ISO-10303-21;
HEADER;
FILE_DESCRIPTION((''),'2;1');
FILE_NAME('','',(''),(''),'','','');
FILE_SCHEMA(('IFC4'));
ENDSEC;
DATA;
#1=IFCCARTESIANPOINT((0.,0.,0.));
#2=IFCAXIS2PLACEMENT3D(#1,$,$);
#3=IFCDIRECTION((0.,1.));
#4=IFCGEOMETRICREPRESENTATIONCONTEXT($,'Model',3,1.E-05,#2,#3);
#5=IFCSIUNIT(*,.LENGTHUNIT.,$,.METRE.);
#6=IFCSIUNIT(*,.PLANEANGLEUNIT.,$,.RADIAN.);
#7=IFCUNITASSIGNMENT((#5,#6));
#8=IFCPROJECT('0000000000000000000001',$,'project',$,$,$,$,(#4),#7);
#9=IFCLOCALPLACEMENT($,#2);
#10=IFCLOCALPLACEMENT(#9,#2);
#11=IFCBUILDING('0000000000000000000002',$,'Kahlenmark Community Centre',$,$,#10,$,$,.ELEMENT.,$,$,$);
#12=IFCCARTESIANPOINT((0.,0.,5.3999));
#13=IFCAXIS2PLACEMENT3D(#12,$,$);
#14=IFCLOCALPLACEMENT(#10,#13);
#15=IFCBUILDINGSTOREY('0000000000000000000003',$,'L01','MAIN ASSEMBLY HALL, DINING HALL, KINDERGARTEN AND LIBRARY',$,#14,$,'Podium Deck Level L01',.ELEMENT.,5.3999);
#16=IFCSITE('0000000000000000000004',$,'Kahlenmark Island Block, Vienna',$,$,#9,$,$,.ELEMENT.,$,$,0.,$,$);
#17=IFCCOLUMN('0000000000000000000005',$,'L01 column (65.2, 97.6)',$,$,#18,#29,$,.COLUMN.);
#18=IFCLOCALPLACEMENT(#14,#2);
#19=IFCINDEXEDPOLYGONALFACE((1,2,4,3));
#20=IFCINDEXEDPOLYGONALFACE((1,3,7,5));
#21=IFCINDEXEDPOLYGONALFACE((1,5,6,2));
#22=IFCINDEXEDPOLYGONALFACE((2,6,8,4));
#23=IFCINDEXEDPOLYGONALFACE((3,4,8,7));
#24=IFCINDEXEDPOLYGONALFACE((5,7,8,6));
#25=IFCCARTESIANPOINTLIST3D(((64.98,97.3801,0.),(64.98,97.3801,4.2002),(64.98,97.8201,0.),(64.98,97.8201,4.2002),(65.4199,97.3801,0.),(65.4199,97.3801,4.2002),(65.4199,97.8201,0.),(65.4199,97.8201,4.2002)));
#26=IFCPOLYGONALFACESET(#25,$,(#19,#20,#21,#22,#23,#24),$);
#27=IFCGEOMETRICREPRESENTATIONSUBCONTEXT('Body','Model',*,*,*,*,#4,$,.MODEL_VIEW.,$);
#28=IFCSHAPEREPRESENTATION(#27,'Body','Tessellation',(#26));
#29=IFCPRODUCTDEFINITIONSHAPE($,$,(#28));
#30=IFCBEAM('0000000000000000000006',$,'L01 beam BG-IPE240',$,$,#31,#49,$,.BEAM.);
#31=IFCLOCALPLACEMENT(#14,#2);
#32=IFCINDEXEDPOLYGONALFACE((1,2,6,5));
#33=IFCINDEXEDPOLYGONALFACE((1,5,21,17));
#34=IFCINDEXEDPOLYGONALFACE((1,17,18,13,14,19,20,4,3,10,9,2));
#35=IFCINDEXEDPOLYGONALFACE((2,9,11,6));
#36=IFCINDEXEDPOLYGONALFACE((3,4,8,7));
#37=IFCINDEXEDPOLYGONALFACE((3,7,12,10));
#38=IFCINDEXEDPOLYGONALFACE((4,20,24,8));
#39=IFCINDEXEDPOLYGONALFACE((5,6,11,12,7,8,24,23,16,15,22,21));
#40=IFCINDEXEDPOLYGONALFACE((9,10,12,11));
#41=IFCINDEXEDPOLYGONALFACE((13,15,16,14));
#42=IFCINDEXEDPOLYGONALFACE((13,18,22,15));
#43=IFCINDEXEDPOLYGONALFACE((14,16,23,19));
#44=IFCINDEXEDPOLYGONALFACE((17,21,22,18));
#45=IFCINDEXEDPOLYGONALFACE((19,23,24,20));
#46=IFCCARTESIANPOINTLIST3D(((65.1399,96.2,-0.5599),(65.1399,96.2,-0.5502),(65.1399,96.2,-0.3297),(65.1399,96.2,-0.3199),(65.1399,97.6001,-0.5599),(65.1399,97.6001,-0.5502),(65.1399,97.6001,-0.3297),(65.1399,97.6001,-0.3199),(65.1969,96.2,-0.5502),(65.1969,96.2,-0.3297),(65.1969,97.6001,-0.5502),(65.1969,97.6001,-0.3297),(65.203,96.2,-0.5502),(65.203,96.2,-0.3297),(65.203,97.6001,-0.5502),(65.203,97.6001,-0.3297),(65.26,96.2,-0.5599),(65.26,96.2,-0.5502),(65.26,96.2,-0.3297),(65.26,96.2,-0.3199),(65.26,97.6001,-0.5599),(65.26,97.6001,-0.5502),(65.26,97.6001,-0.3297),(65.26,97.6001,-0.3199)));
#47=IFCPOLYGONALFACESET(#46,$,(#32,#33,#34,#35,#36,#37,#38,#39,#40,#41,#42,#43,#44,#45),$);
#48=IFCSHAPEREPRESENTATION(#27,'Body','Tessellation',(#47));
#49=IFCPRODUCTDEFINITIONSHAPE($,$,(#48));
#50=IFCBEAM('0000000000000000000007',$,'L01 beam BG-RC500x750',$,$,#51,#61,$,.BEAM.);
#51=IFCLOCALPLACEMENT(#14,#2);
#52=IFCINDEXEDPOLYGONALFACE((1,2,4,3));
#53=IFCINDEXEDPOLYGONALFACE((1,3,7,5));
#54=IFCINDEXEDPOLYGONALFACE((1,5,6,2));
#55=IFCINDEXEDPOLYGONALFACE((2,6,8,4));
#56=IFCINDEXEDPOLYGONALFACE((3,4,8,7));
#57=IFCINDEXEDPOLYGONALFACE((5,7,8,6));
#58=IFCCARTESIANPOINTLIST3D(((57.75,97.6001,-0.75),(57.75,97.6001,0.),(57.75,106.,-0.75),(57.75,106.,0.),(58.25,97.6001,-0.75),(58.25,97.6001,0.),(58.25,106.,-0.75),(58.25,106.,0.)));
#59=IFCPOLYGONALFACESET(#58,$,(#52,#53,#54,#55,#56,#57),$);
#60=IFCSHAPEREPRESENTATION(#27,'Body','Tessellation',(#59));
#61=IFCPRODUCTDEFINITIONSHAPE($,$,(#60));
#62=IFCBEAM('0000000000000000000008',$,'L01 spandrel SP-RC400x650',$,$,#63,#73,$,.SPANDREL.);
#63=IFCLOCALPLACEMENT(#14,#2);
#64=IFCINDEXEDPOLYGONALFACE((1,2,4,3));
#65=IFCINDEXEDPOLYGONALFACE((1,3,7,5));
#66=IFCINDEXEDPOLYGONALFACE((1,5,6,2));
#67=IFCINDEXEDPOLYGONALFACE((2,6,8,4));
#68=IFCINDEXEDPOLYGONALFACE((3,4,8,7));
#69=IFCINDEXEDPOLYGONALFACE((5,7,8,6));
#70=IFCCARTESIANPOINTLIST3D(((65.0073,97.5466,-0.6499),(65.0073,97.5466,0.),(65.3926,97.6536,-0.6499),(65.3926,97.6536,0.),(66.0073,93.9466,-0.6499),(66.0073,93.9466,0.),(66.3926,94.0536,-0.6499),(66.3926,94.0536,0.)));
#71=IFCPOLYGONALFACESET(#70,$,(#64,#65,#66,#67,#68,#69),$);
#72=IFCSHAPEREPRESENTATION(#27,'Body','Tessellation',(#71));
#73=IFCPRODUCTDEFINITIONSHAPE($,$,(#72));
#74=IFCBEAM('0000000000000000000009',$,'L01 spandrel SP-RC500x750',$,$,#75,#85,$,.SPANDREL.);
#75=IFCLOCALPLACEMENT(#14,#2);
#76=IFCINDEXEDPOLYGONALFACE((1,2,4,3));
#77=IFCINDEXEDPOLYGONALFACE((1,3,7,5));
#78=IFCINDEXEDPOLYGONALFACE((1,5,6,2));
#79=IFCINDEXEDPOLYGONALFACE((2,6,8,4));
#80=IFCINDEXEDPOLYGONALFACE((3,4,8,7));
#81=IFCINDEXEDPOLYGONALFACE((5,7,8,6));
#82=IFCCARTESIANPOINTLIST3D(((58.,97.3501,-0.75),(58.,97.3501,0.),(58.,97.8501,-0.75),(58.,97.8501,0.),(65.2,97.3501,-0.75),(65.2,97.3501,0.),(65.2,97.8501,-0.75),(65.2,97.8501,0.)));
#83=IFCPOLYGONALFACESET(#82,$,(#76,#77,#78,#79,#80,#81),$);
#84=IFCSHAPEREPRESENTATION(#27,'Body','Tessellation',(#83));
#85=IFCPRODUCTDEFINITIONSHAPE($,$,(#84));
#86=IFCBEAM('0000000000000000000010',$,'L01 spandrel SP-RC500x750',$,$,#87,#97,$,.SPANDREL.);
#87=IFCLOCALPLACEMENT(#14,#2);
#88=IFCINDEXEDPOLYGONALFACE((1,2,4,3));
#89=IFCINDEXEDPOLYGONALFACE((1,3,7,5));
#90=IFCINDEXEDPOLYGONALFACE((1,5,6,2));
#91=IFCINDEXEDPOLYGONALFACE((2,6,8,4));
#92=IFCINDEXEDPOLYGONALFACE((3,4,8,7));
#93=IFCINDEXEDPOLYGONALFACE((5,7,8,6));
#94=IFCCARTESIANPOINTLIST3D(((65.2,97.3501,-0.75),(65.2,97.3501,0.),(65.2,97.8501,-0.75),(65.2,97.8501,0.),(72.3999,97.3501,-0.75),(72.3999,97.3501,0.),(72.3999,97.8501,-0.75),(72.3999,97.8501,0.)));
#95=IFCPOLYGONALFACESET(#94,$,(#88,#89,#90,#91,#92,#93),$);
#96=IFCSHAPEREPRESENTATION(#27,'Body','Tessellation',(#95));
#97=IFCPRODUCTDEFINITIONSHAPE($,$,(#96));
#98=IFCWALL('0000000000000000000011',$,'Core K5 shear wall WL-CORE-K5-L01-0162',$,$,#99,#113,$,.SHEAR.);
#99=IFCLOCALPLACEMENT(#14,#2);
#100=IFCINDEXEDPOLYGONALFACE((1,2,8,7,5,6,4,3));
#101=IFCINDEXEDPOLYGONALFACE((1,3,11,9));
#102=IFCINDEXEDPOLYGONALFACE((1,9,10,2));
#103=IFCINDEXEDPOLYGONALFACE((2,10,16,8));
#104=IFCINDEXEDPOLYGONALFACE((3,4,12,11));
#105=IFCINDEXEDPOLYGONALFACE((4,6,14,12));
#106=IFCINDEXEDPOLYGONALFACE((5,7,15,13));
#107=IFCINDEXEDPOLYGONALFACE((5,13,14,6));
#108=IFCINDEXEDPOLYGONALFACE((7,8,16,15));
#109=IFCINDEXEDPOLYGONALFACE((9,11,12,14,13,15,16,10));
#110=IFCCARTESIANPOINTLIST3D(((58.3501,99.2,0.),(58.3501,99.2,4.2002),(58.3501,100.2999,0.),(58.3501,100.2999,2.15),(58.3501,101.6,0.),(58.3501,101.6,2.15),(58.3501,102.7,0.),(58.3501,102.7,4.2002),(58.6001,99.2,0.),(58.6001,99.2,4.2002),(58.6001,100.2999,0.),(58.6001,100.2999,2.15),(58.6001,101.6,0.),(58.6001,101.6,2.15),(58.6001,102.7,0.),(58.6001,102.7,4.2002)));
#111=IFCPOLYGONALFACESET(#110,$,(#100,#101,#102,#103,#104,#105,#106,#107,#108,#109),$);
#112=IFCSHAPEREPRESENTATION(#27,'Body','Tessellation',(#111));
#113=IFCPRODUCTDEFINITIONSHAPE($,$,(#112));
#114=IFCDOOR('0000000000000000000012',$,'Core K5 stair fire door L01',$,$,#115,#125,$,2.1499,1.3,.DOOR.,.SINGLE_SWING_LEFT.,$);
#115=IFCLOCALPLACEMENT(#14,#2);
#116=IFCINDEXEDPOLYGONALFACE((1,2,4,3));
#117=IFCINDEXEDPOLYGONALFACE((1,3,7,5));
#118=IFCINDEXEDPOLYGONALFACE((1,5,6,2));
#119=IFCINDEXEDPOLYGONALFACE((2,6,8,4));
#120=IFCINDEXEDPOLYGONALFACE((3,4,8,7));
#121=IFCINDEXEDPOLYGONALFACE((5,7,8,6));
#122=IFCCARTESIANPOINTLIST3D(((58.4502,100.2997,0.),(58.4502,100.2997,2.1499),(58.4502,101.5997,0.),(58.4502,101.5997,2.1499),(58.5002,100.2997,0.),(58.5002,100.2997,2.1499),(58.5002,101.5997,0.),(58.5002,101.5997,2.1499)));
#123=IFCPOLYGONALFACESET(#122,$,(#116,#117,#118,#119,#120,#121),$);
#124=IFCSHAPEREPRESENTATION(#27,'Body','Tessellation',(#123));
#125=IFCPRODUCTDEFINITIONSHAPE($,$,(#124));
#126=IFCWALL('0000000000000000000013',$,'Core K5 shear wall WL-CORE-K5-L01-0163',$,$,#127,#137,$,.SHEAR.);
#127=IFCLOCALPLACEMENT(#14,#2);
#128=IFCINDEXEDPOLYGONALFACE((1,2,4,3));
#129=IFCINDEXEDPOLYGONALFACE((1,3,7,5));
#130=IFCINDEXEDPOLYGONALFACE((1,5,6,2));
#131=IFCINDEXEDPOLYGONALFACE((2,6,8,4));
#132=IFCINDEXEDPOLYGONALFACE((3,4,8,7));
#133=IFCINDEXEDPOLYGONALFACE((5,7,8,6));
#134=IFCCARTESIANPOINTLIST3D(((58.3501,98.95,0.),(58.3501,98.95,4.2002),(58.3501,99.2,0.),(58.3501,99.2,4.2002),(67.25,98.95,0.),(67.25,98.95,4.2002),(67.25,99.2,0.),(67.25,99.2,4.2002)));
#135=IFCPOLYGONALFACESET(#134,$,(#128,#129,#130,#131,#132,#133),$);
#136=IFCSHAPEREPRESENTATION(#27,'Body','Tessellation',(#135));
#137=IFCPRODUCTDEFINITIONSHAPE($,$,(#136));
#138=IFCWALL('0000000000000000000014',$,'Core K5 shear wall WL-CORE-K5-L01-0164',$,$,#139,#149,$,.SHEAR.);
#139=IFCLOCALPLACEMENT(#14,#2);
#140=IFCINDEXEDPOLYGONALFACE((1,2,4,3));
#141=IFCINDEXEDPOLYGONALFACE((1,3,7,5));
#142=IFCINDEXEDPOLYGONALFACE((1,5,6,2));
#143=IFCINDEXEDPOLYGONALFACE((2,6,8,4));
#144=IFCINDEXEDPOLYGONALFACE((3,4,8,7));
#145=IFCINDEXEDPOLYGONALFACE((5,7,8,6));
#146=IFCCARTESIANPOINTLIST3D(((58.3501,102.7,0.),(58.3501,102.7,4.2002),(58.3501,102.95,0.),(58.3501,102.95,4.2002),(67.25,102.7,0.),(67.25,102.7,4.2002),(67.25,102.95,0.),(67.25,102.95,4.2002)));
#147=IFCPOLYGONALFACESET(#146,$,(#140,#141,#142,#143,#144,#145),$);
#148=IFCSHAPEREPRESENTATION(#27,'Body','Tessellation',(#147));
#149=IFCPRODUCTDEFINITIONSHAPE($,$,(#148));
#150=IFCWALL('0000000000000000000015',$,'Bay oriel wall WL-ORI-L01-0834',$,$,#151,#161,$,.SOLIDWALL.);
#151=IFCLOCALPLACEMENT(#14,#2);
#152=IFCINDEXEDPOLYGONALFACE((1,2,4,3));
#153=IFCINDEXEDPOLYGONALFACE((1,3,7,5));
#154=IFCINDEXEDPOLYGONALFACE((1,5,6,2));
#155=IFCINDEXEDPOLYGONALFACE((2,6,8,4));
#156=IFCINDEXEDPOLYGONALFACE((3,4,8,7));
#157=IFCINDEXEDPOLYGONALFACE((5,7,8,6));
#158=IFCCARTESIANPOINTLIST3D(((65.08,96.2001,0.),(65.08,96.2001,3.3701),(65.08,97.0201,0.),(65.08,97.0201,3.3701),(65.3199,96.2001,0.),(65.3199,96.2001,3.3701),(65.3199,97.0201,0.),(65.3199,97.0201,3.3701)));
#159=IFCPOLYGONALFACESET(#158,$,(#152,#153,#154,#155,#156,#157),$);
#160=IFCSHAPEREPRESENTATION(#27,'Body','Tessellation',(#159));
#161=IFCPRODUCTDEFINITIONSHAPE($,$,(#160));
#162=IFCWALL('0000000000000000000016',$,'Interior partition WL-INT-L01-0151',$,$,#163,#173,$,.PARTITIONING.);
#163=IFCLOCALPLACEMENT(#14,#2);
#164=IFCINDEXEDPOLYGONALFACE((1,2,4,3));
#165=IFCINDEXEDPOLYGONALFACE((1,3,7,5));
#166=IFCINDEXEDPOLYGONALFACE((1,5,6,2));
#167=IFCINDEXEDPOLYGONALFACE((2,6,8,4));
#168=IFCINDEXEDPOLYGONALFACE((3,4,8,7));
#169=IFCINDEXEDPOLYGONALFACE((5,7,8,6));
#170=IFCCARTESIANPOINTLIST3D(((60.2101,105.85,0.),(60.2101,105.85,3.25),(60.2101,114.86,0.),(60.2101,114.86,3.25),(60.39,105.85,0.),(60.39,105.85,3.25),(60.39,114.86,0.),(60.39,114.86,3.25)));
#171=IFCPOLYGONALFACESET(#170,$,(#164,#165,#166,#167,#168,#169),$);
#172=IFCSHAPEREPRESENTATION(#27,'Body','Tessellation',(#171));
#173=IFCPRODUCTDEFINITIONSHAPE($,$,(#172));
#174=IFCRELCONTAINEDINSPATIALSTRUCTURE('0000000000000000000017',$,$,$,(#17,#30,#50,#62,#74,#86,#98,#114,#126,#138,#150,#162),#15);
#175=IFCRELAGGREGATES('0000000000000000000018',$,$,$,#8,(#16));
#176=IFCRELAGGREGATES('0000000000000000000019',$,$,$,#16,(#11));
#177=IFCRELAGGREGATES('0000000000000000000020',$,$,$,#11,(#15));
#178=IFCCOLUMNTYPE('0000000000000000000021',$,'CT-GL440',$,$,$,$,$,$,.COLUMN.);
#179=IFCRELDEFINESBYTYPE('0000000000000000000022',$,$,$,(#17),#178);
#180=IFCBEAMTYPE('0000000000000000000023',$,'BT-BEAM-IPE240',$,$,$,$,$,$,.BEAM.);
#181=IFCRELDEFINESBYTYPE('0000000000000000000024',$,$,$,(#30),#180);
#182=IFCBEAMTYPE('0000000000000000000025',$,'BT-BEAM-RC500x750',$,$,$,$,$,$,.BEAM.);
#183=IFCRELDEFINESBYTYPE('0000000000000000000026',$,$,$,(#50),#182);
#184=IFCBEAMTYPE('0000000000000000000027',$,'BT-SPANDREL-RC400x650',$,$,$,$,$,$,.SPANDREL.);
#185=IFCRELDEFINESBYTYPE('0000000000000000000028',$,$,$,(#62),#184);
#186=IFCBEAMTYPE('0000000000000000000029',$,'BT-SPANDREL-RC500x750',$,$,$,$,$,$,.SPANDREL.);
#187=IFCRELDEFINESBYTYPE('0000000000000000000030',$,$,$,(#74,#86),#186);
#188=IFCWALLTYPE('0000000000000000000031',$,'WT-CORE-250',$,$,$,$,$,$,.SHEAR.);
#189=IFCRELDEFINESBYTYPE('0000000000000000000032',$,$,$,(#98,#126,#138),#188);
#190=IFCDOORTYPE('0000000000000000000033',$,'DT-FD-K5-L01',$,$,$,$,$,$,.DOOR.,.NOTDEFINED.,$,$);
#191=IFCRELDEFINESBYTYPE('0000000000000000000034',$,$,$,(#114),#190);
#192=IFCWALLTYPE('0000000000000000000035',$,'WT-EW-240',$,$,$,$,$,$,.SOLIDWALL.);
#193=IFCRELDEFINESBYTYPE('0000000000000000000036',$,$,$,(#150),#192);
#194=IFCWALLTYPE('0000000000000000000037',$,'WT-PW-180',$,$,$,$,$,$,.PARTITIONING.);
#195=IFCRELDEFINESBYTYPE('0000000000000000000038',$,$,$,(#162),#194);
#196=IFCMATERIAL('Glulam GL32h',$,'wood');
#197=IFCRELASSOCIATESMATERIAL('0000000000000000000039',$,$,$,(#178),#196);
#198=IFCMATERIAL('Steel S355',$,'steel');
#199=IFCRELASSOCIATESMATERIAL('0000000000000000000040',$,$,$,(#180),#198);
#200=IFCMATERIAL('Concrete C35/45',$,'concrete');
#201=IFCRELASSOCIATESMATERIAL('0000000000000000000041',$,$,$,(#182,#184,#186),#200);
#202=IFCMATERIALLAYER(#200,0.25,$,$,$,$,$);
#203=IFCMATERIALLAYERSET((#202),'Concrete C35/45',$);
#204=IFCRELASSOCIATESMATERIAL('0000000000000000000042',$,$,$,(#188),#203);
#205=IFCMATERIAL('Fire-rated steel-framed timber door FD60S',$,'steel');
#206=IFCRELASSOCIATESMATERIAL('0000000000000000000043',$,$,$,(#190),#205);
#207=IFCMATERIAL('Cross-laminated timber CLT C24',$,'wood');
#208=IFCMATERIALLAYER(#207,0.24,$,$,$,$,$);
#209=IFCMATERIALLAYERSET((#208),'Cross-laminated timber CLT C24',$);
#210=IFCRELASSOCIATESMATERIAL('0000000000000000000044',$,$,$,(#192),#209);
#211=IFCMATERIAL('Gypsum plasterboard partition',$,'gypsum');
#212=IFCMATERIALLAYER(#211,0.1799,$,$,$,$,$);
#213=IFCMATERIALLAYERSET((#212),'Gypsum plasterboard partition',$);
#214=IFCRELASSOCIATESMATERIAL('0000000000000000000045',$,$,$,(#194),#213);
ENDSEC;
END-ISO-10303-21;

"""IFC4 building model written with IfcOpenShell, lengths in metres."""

from ifc_helpers import new_model, si_unit, direction, frame, frame_2d, origin, origin_2d, place, context, subcontext, project, spatial, rectangle, i_section, extrude, material, layer, layer_set, material_profile, profile_set, type_object, element, fill, save


model = new_model("IFC4")

# Units and contexts
model_context = context("Model", 3, precision=1e-05, world=origin(), true_north=direction((0.0, 1.0)))
body_context = subcontext(model_context, "Body", "Model", "MODEL_VIEW")
ifc_project = project(units=[si_unit("LENGTHUNIT", "METRE"), si_unit("PLANEANGLEUNIT", "RADIAN")], contexts=[model_context])

# Site, building, storey
site_placement = place(None, origin())
site = spatial("IfcSite", under=ifc_project, at=site_placement, Name="Kahlenmark Island Block, Vienna", CompositionType="ELEMENT", RefElevation=0.0)
building_placement = place(site_placement, origin())
building = spatial("IfcBuilding", under=site, at=building_placement, Name="Kahlenmark Community Centre", CompositionType="ELEMENT")
storey_placement = place(building_placement, frame((0.0, 0.0, 5.3999)))
storey = spatial("IfcBuildingStorey", under=building, at=storey_placement, Name="L01", Description="MAIN ASSEMBLY HALL, DINING HALL, KINDERGARTEN AND LIBRARY", LongName="Podium Deck Level L01", CompositionType="ELEMENT", Elevation=5.3999)

# Column
ifc_material_1 = material(Name="Glulam GL32h", Category="wood")
ifc_material_profile_1 = material_profile(ifc_material_1, rectangle(XDim=0.4399, YDim=0.4399, at=origin_2d()), Name="GL32h 440x440")
ifc_profile_set_1 = profile_set([ifc_material_profile_1], Name="Glulam GL32h")
column_type = type_object("IfcColumnType", Name="CT-GL440", PredefinedType="COLUMN", material=ifc_profile_set_1)
column_placement = place(storey_placement, frame((65.2, 97.6001, 0.0), z_axis=(0.0, 0.0, 1.0), x_axis=(1.0, 0.0, 0.0)))
element("IfcColumn", 1, at=column_placement, inside=storey, type_object=column_type, Name="L01 column (65.2, 97.6)", PredefinedType="COLUMN", context=body_context, shape_type="SweptSolid", body=[
    extrude(rectangle(XDim=0.4399, YDim=0.4399, at=origin_2d()), origin(), (0.0, 0.0, 1.0), 4.2002),
])

# Beams
ifc_material_2 = material(Name="Steel S355", Category="steel")
ifc_material_profile_2 = material_profile(ifc_material_2, i_section(OverallWidth=0.1201, OverallDepth=0.24, WebThickness=0.0061, FlangeThickness=0.0098, at=origin_2d()), Name="IPE 240")
ifc_profile_set_2 = profile_set([ifc_material_profile_2], Name="Steel S355")
beam_type_1 = type_object("IfcBeamType", Name="BT-BEAM-IPE240", PredefinedType="BEAM", material=ifc_profile_set_2)
beam_1_placement = place(storey_placement, frame((65.2, 96.2, -0.4399), z_axis=(0.0, 1.0, 0.0), x_axis=(-1.0, 0.0, 0.0)))
element("IfcBeam", 2, at=beam_1_placement, inside=storey, type_object=beam_type_1, Name="L01 beam BG-IPE240", PredefinedType="BEAM", context=body_context, shape_type="SweptSolid", body=[
    extrude(i_section(OverallWidth=0.1201, OverallDepth=0.24, WebThickness=0.0061, FlangeThickness=0.0098, at=origin_2d()), origin(), (0.0, 0.0, 1.0), 1.4001),
])
ifc_material_3 = material(Name="Concrete C35/45", Category="concrete")
ifc_material_profile_3 = material_profile(ifc_material_3, rectangle(XDim=0.5, YDim=0.75, at=origin_2d()), Name="RC 500x750")
ifc_profile_set_3 = profile_set([ifc_material_profile_3], Name="Concrete C35/45")
beam_type_2 = type_object("IfcBeamType", Name="BT-BEAM-RC500x750", PredefinedType="BEAM", material=ifc_profile_set_3)
beam_2_placement = place(storey_placement, frame((58.0, 97.6001, -0.375), z_axis=(0.0, 1.0, 0.0), x_axis=(-1.0, 0.0, 0.0)))
element("IfcBeam", 3, at=beam_2_placement, inside=storey, type_object=beam_type_2, Name="L01 beam BG-RC500x750", PredefinedType="BEAM", context=body_context, shape_type="SweptSolid", body=[
    extrude(rectangle(XDim=0.5, YDim=0.75, at=origin_2d()), origin(), (0.0, 0.0, 1.0), 8.3999),
])
ifc_material_profile_4 = material_profile(ifc_material_3, rectangle(XDim=0.3999, YDim=0.6499, at=origin_2d()), Name="RC 400x650")
ifc_profile_set_4 = profile_set([ifc_material_profile_4], Name="Concrete C35/45")
beam_type_3 = type_object("IfcBeamType", Name="BT-SPANDREL-RC400x650", PredefinedType="SPANDREL", material=ifc_profile_set_4)
beam_3_placement = place(storey_placement, frame((65.2, 97.6001, -0.325), z_axis=(0.267637, -0.96352, 0.0), x_axis=(0.96352, 0.267637, 0.0)))
element("IfcBeam", 4, at=beam_3_placement, inside=storey, type_object=beam_type_3, Name="L01 spandrel SP-RC400x650", PredefinedType="SPANDREL", context=body_context, shape_type="SweptSolid", body=[
    extrude(rectangle(XDim=0.3999, YDim=0.6499, at=origin_2d()), origin(), (0.0, 0.0, 1.0), 3.7363),
])
ifc_material_profile_5 = material_profile(ifc_material_3, rectangle(XDim=0.5, YDim=0.75, at=origin_2d()), Name="RC 500x750")
ifc_profile_set_5 = profile_set([ifc_material_profile_5], Name="Concrete C35/45")
beam_type_4 = type_object("IfcBeamType", Name="BT-SPANDREL-RC500x750", PredefinedType="SPANDREL", material=ifc_profile_set_5)
for number, where, z_axis, x_axis, name in (
    (5, (58.0, 97.6001, -0.375), (1.0, 0.0, 0.0), (0.0, 1.0, 0.0), "L01 spandrel SP-RC500x750"),
    (6, (65.2, 97.6001, -0.375), (1.0, 0.0, 0.0), (0.0, 1.0, 0.0), "L01 spandrel SP-RC500x750"),
):
    element("IfcBeam", number, at=place(storey_placement, frame(where, z_axis=z_axis, x_axis=x_axis)), inside=storey, type_object=beam_type_4, Name=name, PredefinedType="SPANDREL", context=body_context, shape_type="SweptSolid", body=[
        extrude(rectangle(XDim=0.5, YDim=0.75, at=origin_2d()), origin(), (0.0, 0.0, 1.0), 7.2),
    ])

# Wall, opening, door
ifc_layer_1 = layer(ifc_material_3, 0.25)
ifc_layer_set_1 = layer_set([ifc_layer_1], Name="Concrete C35/45")
wall_type_1 = type_object("IfcWallType", Name="WT-CORE-250", PredefinedType="SHEAR", material=ifc_layer_set_1)
wall_1_placement = place(storey_placement, frame((58.4751, 102.7, 0.0), z_axis=(0.0, 0.0, 1.0), x_axis=(0.0, -1.0, 0.0)))
wall_1 = element("IfcWall", 7, at=wall_1_placement, inside=storey, type_object=wall_type_1, Name="Core K5 shear wall WL-CORE-K5-L01-0162", PredefinedType="SHEAR", context=body_context, shape_type="SweptSolid", body=[
    extrude(rectangle(XDim=3.5, YDim=0.25, at=frame_2d((1.75, 0.0))), origin(), (0.0, 0.0, 1.0), 4.2002),
])
opening_1_placement = place(wall_1_placement, frame((1.1001, 0.0, -0.01)))
opening_1 = element("IfcOpeningElement", 8, at=opening_1_placement, cuts=wall_1, PredefinedType="OPENING", context=body_context, shape_type="SweptSolid", body=[
    extrude(rectangle(XDim=1.3, YDim=2.1599, at=frame_2d((0.6499, 1.0801))), frame((0.0, 0.135, 0.0), z_axis=(0.0, -1.0, 0.0), x_axis=(1.0, 0.0, 0.0)), (0.0, 0.0, 1.0), 0.27),
])
ifc_material_4 = material(Name="Fire-rated steel-framed timber door FD60S", Category="steel")
door_type_1 = type_object("IfcDoorType", Name="DT-FD-K5-L01", OperationType="NOTDEFINED", PredefinedType="DOOR", material=ifc_material_4)
door_1_placement = place(opening_1_placement, frame((1.3, 0.0, 0.01), z_axis=(0.0, 0.0, 1.0), x_axis=(-1.0, 0.0, 0.0)))
door_1 = element("IfcDoor", 9, at=door_1_placement, inside=storey, type_object=door_type_1, Name="Core K5 stair fire door L01", OperationType="SINGLE_SWING_LEFT", OverallHeight=2.1499, OverallWidth=1.3, PredefinedType="DOOR", context=body_context, shape_type="SweptSolid", body=[
    extrude(rectangle(XDim=1.3, YDim=2.1499, at=frame_2d((0.6499, 1.075))), frame((0.0, 0.0249, 0.0), z_axis=(0.0, -1.0, 0.0), x_axis=(1.0, 0.0, 0.0)), (0.0, 0.0, 1.0), 0.05),
])
fill(opening_1, door_1)

# Walls
for number, where, z_axis, x_axis, name in (
    (10, (58.3501, 99.075, 0.0), (0.0, 0.0, 1.0), (1.0, 0.0, 0.0), "Core K5 shear wall WL-CORE-K5-L01-0163"),
    (11, (58.3501, 102.825, 0.0), (0.0, 0.0, 1.0), (1.0, 0.0, 0.0), "Core K5 shear wall WL-CORE-K5-L01-0164"),
):
    element("IfcWall", number, at=place(storey_placement, frame(where, z_axis=z_axis, x_axis=x_axis)), inside=storey, type_object=wall_type_1, Name=name, PredefinedType="SHEAR", context=body_context, shape_type="SweptSolid", body=[
        extrude(rectangle(XDim=8.8999, YDim=0.25, at=frame_2d((4.45, 0.0))), origin(), (0.0, 0.0, 1.0), 4.2002),
    ])
ifc_material_5 = material(Name="Cross-laminated timber CLT C24", Category="wood")
ifc_layer_2 = layer(ifc_material_5, 0.24)
ifc_layer_set_2 = layer_set([ifc_layer_2], Name="Cross-laminated timber CLT C24")
wall_type_2 = type_object("IfcWallType", Name="WT-EW-240", PredefinedType="SOLIDWALL", material=ifc_layer_set_2)
wall_2_placement = place(storey_placement, frame((65.2, 96.2, 0.0), z_axis=(0.0, 0.0, 1.0), x_axis=(0.0, 1.0, 0.0)))
element("IfcWall", 12, at=wall_2_placement, inside=storey, type_object=wall_type_2, Name="Bay oriel wall WL-ORI-L01-0834", PredefinedType="SOLIDWALL", context=body_context, shape_type="SweptSolid", body=[
    extrude(rectangle(XDim=0.8201, YDim=0.24, at=frame_2d((0.4102, 0.0))), origin(), (0.0, 0.0, 1.0), 3.3701),
])

# Shared definitions
ifc_material_6 = material(Name="Gypsum plasterboard partition", Category="gypsum")
ifc_layer_3 = layer(ifc_material_6, 0.1799)
ifc_layer_set_3 = layer_set([ifc_layer_3], Name="Gypsum plasterboard partition")
wall_type_3 = type_object("IfcWallType", Name="WT-PW-180", PredefinedType="PARTITIONING", material=ifc_layer_set_3)

# Wall
wall_3_placement = place(storey_placement, frame((60.3, 105.8501, 0.0), z_axis=(0.0, 0.0, 1.0), x_axis=(0.0, 1.0, 0.0)))
element("IfcWall", 13, at=wall_3_placement, inside=storey, type_object=wall_type_3, Name="Interior partition WL-INT-L01-0151", PredefinedType="PARTITIONING", context=body_context, shape_type="SweptSolid", body=[
    extrude(rectangle(XDim=9.01, YDim=0.1799, at=frame_2d((4.5049, 0.0))), origin(), (0.0, 0.0, 1.0), 3.25),
])

save(model, "model.ifc")
